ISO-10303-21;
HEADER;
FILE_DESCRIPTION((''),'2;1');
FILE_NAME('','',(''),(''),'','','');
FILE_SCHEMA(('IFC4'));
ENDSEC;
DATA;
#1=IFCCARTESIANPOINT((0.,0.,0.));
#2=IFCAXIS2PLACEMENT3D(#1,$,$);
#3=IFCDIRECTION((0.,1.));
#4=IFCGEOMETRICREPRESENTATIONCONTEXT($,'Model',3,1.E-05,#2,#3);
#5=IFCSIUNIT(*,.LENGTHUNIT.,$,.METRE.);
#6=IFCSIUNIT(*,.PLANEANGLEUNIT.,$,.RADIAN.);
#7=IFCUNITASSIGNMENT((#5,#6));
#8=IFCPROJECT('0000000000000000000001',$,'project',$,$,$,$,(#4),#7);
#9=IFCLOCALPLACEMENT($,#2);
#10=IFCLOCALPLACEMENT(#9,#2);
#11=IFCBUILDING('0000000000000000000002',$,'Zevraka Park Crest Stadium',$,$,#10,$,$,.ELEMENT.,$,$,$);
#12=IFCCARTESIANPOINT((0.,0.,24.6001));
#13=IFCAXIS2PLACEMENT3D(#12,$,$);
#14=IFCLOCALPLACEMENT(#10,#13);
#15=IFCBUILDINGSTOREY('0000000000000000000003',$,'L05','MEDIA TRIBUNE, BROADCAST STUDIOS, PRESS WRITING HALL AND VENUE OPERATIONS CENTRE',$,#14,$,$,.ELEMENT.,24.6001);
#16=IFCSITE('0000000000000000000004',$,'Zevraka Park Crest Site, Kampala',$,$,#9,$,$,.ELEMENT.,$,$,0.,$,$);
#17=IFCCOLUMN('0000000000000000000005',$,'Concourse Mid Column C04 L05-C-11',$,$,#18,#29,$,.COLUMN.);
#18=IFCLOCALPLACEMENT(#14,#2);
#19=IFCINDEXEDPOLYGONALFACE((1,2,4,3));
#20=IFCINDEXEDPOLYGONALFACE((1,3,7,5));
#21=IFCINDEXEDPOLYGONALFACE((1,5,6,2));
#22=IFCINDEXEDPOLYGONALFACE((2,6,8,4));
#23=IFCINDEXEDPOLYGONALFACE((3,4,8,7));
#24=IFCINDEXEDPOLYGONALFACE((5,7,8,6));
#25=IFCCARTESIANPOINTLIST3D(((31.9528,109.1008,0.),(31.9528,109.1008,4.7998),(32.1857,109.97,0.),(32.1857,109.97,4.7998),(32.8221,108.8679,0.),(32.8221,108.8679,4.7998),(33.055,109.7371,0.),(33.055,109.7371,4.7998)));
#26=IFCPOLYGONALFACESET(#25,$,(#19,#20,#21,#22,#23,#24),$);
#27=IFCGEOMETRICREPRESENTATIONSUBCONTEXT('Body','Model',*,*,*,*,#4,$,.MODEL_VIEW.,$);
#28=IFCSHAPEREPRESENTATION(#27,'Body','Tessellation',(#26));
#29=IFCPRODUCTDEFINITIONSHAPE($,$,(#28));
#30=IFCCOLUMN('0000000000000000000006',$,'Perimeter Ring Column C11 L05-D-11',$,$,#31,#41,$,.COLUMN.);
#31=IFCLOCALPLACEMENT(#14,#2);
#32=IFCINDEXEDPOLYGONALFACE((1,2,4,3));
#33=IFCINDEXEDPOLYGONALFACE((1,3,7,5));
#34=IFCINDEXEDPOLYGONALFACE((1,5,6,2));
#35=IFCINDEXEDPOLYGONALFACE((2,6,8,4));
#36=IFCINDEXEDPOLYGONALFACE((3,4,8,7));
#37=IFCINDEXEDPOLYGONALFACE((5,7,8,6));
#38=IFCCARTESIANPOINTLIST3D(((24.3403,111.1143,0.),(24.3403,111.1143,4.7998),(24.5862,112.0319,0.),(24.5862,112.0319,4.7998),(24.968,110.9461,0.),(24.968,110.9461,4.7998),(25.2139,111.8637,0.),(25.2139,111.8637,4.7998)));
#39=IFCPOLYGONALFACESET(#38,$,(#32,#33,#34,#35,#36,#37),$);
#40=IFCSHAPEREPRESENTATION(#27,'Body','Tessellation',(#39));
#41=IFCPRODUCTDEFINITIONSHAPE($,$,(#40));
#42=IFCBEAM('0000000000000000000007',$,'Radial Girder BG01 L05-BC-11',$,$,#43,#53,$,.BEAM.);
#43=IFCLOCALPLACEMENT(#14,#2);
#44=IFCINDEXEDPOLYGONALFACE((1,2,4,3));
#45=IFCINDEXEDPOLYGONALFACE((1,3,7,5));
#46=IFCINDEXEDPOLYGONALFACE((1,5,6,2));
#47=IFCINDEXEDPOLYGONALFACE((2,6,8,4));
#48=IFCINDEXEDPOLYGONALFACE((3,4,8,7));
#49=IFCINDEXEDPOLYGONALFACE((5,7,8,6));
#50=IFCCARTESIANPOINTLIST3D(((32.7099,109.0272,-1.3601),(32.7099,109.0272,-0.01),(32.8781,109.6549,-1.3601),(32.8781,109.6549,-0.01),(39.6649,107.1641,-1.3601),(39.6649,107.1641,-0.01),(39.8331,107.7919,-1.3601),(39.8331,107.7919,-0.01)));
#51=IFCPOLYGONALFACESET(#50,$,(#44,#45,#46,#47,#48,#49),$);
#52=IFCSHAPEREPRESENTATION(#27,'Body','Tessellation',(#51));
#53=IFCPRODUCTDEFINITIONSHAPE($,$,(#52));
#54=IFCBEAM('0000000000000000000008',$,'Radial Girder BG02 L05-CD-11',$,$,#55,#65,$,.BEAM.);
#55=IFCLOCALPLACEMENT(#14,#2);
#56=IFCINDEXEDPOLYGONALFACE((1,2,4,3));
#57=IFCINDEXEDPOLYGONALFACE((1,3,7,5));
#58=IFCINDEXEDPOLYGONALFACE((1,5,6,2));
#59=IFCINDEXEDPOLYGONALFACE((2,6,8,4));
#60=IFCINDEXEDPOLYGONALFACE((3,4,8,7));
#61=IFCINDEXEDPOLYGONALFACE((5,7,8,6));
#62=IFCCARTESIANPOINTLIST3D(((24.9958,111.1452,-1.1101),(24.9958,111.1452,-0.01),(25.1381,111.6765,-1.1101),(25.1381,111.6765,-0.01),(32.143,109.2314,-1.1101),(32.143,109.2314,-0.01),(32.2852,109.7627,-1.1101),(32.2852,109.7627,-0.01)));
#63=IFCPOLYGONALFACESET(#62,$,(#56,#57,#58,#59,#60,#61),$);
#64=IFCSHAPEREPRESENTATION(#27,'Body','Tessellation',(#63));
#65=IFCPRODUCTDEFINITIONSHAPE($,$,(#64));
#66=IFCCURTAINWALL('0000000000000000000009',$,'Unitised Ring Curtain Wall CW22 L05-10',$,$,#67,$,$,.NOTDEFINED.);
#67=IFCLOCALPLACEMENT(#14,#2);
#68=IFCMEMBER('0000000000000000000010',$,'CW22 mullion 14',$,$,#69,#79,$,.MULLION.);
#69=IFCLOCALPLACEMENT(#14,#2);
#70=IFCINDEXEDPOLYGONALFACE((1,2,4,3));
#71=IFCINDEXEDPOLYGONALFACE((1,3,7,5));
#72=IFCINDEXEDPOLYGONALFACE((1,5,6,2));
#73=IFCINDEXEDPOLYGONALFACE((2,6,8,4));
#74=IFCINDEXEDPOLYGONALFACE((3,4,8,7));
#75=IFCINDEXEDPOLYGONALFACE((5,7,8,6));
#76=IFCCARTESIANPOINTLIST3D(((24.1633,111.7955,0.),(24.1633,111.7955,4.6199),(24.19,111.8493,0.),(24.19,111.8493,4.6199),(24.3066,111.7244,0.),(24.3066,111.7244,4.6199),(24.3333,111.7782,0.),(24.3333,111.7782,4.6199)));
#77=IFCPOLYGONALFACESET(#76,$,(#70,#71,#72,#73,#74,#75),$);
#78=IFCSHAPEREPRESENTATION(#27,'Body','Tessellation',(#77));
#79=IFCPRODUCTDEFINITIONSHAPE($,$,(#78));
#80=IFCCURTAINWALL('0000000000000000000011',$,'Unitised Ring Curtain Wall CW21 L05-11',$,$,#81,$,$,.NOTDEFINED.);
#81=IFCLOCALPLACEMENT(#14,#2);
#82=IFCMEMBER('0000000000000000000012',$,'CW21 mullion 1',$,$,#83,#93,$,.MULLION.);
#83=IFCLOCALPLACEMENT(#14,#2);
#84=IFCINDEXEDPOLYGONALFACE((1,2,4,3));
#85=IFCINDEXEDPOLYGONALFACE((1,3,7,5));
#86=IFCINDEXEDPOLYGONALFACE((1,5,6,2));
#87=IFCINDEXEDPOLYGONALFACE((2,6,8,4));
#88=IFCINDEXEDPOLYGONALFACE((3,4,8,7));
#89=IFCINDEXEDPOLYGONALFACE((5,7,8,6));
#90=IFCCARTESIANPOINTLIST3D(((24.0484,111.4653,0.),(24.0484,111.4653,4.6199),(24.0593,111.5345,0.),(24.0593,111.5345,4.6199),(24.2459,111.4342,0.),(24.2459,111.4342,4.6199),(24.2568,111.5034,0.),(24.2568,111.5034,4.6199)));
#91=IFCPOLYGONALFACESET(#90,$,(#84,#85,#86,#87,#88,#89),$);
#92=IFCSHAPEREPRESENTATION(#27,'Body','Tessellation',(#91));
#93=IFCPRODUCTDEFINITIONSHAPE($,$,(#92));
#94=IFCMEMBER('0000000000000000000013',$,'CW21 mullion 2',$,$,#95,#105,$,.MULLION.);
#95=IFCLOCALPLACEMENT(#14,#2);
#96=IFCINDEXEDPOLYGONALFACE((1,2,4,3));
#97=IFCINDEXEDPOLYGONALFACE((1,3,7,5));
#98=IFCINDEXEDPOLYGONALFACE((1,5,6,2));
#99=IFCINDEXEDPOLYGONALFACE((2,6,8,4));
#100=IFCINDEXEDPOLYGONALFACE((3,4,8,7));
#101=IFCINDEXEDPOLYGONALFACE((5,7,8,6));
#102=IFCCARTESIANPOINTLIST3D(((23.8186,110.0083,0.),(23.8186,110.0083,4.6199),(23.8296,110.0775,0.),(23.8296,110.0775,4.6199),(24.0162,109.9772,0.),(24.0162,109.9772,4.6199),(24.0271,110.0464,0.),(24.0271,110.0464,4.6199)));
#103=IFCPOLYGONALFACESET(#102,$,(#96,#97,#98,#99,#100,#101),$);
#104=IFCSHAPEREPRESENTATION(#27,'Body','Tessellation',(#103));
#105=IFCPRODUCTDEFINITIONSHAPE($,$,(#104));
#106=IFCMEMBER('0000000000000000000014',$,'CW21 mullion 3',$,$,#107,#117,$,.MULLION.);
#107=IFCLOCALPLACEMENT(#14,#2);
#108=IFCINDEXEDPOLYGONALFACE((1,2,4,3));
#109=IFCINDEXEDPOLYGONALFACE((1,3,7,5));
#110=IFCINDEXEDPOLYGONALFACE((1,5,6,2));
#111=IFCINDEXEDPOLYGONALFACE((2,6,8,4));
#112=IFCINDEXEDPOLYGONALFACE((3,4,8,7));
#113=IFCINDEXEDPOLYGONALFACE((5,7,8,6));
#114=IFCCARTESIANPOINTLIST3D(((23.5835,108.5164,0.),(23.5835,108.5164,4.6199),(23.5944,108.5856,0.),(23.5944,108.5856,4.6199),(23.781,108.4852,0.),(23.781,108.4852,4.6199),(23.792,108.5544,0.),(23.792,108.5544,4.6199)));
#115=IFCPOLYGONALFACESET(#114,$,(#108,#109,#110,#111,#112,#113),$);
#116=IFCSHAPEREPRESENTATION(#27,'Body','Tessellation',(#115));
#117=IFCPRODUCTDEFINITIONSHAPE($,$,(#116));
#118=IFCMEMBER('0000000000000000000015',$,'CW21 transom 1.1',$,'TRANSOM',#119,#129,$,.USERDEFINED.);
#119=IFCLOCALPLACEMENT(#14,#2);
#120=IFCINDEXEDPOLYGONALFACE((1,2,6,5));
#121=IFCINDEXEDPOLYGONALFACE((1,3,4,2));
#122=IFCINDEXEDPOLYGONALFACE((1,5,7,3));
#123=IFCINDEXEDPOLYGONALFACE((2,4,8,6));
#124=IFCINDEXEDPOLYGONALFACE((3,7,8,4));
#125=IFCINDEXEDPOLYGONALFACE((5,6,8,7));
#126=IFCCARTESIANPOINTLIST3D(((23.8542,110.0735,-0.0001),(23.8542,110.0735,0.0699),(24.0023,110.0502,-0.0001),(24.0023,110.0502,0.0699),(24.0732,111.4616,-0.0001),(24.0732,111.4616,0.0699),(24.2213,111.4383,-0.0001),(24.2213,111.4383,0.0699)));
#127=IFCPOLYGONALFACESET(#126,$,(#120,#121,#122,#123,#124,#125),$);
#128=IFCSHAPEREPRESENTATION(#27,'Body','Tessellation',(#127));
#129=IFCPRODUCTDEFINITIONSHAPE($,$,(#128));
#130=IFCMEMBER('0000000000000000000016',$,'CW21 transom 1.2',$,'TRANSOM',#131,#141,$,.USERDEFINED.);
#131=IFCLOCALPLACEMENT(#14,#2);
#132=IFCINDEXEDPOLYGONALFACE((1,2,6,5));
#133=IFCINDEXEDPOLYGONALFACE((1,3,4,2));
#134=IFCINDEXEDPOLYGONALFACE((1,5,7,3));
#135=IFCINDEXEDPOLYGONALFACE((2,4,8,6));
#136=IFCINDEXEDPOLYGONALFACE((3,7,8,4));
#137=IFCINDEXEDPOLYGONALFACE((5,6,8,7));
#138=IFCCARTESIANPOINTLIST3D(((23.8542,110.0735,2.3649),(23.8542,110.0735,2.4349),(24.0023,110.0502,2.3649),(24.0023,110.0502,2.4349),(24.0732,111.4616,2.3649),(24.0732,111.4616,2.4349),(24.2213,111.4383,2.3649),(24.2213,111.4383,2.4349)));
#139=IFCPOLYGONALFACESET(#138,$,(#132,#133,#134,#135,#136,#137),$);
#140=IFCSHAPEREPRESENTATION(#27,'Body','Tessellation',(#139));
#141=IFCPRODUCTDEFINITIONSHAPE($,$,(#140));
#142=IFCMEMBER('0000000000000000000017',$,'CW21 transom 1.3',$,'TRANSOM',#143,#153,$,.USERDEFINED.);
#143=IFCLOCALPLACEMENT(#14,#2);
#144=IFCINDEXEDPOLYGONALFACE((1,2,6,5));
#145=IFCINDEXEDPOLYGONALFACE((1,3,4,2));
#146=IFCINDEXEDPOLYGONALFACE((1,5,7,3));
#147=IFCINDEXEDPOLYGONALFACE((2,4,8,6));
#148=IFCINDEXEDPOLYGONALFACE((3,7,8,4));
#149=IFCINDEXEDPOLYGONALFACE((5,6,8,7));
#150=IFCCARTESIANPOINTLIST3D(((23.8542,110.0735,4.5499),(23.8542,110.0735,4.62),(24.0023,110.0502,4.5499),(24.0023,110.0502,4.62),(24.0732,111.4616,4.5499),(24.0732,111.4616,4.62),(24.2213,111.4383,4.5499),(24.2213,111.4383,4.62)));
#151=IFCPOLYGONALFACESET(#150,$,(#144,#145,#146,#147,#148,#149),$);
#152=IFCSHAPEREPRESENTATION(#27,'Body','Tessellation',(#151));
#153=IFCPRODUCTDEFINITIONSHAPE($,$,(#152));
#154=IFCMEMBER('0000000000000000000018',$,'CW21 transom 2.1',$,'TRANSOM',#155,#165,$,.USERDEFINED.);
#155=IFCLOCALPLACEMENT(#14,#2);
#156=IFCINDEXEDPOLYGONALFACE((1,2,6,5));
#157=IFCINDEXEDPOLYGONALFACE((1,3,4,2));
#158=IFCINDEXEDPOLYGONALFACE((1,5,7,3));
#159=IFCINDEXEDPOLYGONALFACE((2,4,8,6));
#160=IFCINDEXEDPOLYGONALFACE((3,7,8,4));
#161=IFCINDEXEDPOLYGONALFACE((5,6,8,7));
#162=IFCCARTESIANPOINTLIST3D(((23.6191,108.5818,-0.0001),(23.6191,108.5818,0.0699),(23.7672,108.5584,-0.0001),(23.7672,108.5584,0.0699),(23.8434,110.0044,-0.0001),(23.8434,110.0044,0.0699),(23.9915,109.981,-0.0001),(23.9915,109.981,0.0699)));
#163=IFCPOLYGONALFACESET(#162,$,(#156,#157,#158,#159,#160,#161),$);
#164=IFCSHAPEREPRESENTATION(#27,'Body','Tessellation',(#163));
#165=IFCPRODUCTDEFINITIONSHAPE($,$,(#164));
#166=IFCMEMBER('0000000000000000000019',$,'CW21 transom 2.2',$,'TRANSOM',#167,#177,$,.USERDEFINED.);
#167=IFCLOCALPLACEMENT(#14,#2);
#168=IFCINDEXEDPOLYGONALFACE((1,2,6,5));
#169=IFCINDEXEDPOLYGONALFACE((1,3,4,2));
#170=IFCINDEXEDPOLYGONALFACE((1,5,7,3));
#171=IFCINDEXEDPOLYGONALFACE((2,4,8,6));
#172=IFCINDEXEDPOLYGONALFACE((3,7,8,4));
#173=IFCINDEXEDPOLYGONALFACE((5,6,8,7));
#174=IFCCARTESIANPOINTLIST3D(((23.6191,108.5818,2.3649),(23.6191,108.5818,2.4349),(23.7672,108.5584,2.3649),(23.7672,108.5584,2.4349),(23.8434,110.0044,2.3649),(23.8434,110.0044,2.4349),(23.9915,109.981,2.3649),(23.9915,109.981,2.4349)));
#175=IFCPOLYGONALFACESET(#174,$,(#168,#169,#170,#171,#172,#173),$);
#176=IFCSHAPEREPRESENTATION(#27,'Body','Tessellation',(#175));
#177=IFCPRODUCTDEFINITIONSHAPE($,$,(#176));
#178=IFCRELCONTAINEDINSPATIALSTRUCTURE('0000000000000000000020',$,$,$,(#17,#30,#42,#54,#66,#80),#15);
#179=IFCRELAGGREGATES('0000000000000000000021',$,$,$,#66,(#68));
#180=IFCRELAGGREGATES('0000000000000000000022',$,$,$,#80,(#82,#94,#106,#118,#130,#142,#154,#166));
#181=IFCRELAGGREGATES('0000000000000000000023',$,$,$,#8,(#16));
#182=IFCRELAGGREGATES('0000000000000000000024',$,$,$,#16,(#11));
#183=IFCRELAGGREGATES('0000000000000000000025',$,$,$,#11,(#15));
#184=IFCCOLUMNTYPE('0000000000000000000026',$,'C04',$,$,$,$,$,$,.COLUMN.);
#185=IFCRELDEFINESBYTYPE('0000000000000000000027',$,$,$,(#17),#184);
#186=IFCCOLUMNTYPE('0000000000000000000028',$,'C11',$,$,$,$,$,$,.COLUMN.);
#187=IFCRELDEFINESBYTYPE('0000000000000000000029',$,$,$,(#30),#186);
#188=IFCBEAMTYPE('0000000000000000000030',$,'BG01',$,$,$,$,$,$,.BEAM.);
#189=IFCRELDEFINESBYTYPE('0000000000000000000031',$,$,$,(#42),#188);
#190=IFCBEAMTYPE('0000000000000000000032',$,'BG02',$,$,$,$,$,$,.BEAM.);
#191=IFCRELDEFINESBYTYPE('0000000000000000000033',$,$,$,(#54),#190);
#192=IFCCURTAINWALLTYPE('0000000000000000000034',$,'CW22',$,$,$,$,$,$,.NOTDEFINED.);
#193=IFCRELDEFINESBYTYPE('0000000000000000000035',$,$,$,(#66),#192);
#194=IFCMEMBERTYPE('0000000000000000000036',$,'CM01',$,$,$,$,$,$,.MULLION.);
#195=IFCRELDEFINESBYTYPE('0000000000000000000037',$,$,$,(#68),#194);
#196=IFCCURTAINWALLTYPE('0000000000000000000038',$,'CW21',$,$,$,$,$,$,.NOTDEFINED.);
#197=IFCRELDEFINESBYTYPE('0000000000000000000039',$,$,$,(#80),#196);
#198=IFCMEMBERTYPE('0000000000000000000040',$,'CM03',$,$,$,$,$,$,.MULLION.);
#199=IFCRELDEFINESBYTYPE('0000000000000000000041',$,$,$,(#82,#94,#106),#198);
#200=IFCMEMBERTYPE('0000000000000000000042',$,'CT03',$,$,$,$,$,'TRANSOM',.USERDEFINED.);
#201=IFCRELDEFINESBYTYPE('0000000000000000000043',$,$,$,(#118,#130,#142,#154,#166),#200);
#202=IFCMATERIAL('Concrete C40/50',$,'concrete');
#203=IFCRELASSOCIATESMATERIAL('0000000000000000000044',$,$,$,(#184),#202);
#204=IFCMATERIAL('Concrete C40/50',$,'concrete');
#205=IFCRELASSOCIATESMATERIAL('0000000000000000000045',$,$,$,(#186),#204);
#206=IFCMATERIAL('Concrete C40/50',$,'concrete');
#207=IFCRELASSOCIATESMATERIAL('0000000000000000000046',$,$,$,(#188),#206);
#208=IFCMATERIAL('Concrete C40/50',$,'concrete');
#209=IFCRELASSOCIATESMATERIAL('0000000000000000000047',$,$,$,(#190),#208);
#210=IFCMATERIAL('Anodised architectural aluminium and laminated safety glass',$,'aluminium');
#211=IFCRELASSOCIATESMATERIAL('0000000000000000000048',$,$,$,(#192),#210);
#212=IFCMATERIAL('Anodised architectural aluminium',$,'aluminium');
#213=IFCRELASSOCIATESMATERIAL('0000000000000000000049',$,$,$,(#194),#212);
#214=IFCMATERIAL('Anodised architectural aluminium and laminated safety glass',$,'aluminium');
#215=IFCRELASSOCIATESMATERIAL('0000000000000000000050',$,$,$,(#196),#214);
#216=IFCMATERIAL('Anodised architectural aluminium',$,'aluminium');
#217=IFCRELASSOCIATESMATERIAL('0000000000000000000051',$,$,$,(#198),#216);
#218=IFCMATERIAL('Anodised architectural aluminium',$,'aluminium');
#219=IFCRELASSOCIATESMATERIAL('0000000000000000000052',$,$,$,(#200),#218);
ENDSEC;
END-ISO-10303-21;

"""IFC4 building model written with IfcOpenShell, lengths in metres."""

from ifc_helpers import new_model, si_unit, direction, frame, origin, origin_2d, place, context, subcontext, project, spatial, rectangle, extrude, material, material_profile, profile_set, type_object, element, aggregate, save


model = new_model("IFC4")

# Units and contexts
model_context = context("Model", 3, precision=1e-05, world=origin(), true_north=direction((0.0, 1.0)))
body_context = subcontext(model_context, "Body", "Model", "MODEL_VIEW")
ifc_project = project(units=[si_unit("LENGTHUNIT", "METRE"), si_unit("PLANEANGLEUNIT", "RADIAN")], contexts=[model_context])

# Site, building, storey
site_placement = place(None, origin())
site = spatial("IfcSite", under=ifc_project, at=site_placement, Name="Zevraka Park Crest Site, Kampala", CompositionType="ELEMENT", RefElevation=0.0)
building_placement = place(site_placement, origin())
building = spatial("IfcBuilding", under=site, at=building_placement, Name="Zevraka Park Crest Stadium", CompositionType="ELEMENT")
storey_placement = place(building_placement, frame((0.0, 0.0, 24.6001)))
storey = spatial("IfcBuildingStorey", under=building, at=storey_placement, Name="L05", Description="MEDIA TRIBUNE, BROADCAST STUDIOS, PRESS WRITING HALL AND VENUE OPERATIONS CENTRE", CompositionType="ELEMENT", Elevation=24.6001)

# Columns
ifc_material_1 = material(Name="Concrete C40/50", Category="concrete")
ifc_material_profile_1 = material_profile(ifc_material_1, rectangle(XDim=0.8999, YDim=0.8999, at=origin_2d()), Name="RC 900x900")
ifc_profile_set_1 = profile_set([ifc_material_profile_1], Name="Concrete C40/50")
column_type_1 = type_object("IfcColumnType", Name="C04", PredefinedType="COLUMN", material=ifc_profile_set_1)
column_1_placement = place(storey_placement, frame((32.5039, 109.4189, 0.0), z_axis=(0.0, 0.0, 1.0), x_axis=(-0.965926, 0.258819, 0.0)))
element("IfcColumn", 1, at=column_1_placement, inside=storey, type_object=column_type_1, Name="Concourse Mid Column C04 L05-C-11", PredefinedType="COLUMN", context=body_context, shape_type="SweptSolid", body=[
    extrude(rectangle(XDim=0.8999, YDim=0.8999, at=origin_2d()), origin(), (0.0, 0.0, 1.0), 4.7998),
])
ifc_material_2 = material(Name="Concrete C40/50", Category="concrete")
ifc_material_profile_2 = material_profile(ifc_material_2, rectangle(XDim=0.6499, YDim=0.95, at=origin_2d()), Name="RC 950x650")
ifc_profile_set_2 = profile_set([ifc_material_profile_2], Name="Concrete C40/50")
column_type_2 = type_object("IfcColumnType", Name="C11", PredefinedType="COLUMN", material=ifc_profile_set_2)
column_2_placement = place(storey_placement, frame((24.7771, 111.489, 0.0), z_axis=(0.0, 0.0, 1.0), x_axis=(-0.965926, 0.258819, 0.0)))
element("IfcColumn", 2, at=column_2_placement, inside=storey, type_object=column_type_2, Name="Perimeter Ring Column C11 L05-D-11", PredefinedType="COLUMN", context=body_context, shape_type="SweptSolid", body=[
    extrude(rectangle(XDim=0.6499, YDim=0.95, at=origin_2d()), origin(), (0.0, 0.0, 1.0), 4.7998),
])

# Beams
ifc_material_3 = material(Name="Concrete C40/50", Category="concrete")
ifc_material_profile_3 = material_profile(ifc_material_3, rectangle(XDim=0.6499, YDim=1.3501, at=origin_2d()), Name="RC 1350x650")
ifc_profile_set_3 = profile_set([ifc_material_profile_3], Name="Concrete C40/50")
beam_type_1 = type_object("IfcBeamType", Name="BG01", PredefinedType="BEAM", material=ifc_profile_set_3)
beam_1_placement = place(storey_placement, frame((39.749, 107.478, -0.6851), z_axis=(-0.965946, 0.258745, 0.0), x_axis=(-0.258745, -0.965946, 0.0)))
element("IfcBeam", 3, at=beam_1_placement, inside=storey, type_object=beam_type_1, Name="Radial Girder BG01 L05-BC-11", PredefinedType="BEAM", context=body_context, shape_type="SweptSolid", body=[
    extrude(rectangle(XDim=0.6499, YDim=1.3501, at=origin_2d()), origin(), (0.0, 0.0, 1.0), 7.2002),
])
ifc_material_4 = material(Name="Concrete C40/50", Category="concrete")
ifc_material_profile_4 = material_profile(ifc_material_4, rectangle(XDim=0.55, YDim=1.1001, at=origin_2d()), Name="RC 1100x550")
ifc_profile_set_4 = profile_set([ifc_material_profile_4], Name="Concrete C40/50")
beam_type_2 = type_object("IfcBeamType", Name="BG02", PredefinedType="BEAM", material=ifc_profile_set_4)
beam_2_placement = place(storey_placement, frame((32.2141, 109.4971, -0.5601), z_axis=(-0.965969, 0.258659, 0.0), x_axis=(-0.258659, -0.965969, 0.0)))
element("IfcBeam", 4, at=beam_2_placement, inside=storey, type_object=beam_type_2, Name="Radial Girder BG02 L05-CD-11", PredefinedType="BEAM", context=body_context, shape_type="SweptSolid", body=[
    extrude(rectangle(XDim=0.55, YDim=1.1001, at=origin_2d()), origin(), (0.0, 0.0, 1.0), 7.3989),
])

# Curtain wall, member
ifc_material_5 = material(Name="Anodised architectural aluminium and laminated safety glass", Category="aluminium")
curtain_wall_type_1 = type_object("IfcCurtainWallType", Name="CW22", PredefinedType="NOTDEFINED", material=ifc_material_5)
curtain_wall_1_placement = place(storey_placement, origin())
curtain_wall_1 = element("IfcCurtainWall", 5, at=curtain_wall_1_placement, inside=storey, type_object=curtain_wall_type_1, Name="Unitised Ring Curtain Wall CW22 L05-10", PredefinedType="NOTDEFINED")
ifc_material_6 = material(Name="Anodised architectural aluminium", Category="aluminium")
ifc_material_profile_5 = material_profile(ifc_material_6, rectangle(XDim=0.1599, YDim=0.0601, at=origin_2d()), Name="ALU MULLION 160x60")
ifc_profile_set_5 = profile_set([ifc_material_profile_5], Name="Anodised architectural aluminium")
member_type_1 = type_object("IfcMemberType", Name="CM01", PredefinedType="MULLION", material=ifc_profile_set_5)
member_1_placement = place(storey_placement, frame((24.2483, 111.7869, 0.0), z_axis=(0.0, 0.0, 1.0), x_axis=(0.895879, -0.444297, 0.0)))
member_1 = element("IfcMember", 6, at=member_1_placement, type_object=member_type_1, Name="CW22 mullion 14", PredefinedType="MULLION", context=body_context, shape_type="SweptSolid", body=[
    extrude(rectangle(XDim=0.1599, YDim=0.0601, at=origin_2d()), origin(), (0.0, 0.0, 1.0), 4.6199),
])
aggregate(curtain_wall_1, [member_1])

# Curtain wall, members
ifc_material_7 = material(Name="Anodised architectural aluminium and laminated safety glass", Category="aluminium")
curtain_wall_type_2 = type_object("IfcCurtainWallType", Name="CW21", PredefinedType="NOTDEFINED", material=ifc_material_7)
curtain_wall_2_placement = place(storey_placement, origin())
curtain_wall_2 = element("IfcCurtainWall", 7, at=curtain_wall_2_placement, inside=storey, type_object=curtain_wall_type_2, Name="Unitised Ring Curtain Wall CW21 L05-11", PredefinedType="NOTDEFINED")
ifc_material_8 = material(Name="Anodised architectural aluminium", Category="aluminium")
ifc_material_profile_6 = material_profile(ifc_material_8, rectangle(XDim=0.2, YDim=0.0701, at=origin_2d()), Name="ALU MULLION 200x70")
ifc_profile_set_6 = profile_set([ifc_material_profile_6], Name="Anodised architectural aluminium")
member_type_2 = type_object("IfcMemberType", Name="CM03", PredefinedType="MULLION", material=ifc_profile_set_6)
member_2_placement = place(storey_placement, frame((24.1526, 111.4844, 0.0), z_axis=(0.0, 0.0, 1.0), x_axis=(0.987803, -0.155711, 0.0)))
member_2 = element("IfcMember", 8, at=member_2_placement, type_object=member_type_2, Name="CW21 mullion 1", PredefinedType="MULLION", context=body_context, shape_type="SweptSolid", body=[
    extrude(rectangle(XDim=0.2, YDim=0.0701, at=origin_2d()), origin(), (0.0, 0.0, 1.0), 4.6199),
])
member_3_placement = place(storey_placement, frame((23.9229, 110.0273, 0.0), z_axis=(0.0, 0.0, 1.0), x_axis=(0.987803, -0.155711, 0.0)))
member_3 = element("IfcMember", 9, at=member_3_placement, type_object=member_type_2, Name="CW21 mullion 2", PredefinedType="MULLION", context=body_context, shape_type="SweptSolid", body=[
    extrude(rectangle(XDim=0.2, YDim=0.0701, at=origin_2d()), origin(), (0.0, 0.0, 1.0), 4.6199),
])
member_4_placement = place(storey_placement, frame((23.6877, 108.5354, 0.0), z_axis=(0.0, 0.0, 1.0), x_axis=(0.987803, -0.155711, 0.0)))
member_4 = element("IfcMember", 10, at=member_4_placement, type_object=member_type_2, Name="CW21 mullion 3", PredefinedType="MULLION", context=body_context, shape_type="SweptSolid", body=[
    extrude(rectangle(XDim=0.2, YDim=0.0701, at=origin_2d()), origin(), (0.0, 0.0, 1.0), 4.6199),
])
ifc_material_9 = material(Name="Anodised architectural aluminium", Category="aluminium")
ifc_material_profile_7 = material_profile(ifc_material_9, rectangle(XDim=0.1499, YDim=0.0701, at=origin_2d()), Name="ALU TRANSOM 150x70")
ifc_profile_set_7 = profile_set([ifc_material_profile_7], Name="Anodised architectural aluminium")
member_type_3 = type_object("IfcMemberType", Name="CT03", ElementType="TRANSOM", PredefinedType="USERDEFINED", material=ifc_profile_set_7)
member_5_placement = place(storey_placement, frame((24.1472, 111.45, 0.0349), z_axis=(-0.155829, -0.987784, 0.0), x_axis=(0.987784, -0.155829, 0.0)))
member_5 = element("IfcMember", 11, at=member_5_placement, type_object=member_type_3, Name="CW21 transom 1.1", ObjectType="TRANSOM", PredefinedType="USERDEFINED", context=body_context, shape_type="SweptSolid", body=[
    extrude(rectangle(XDim=0.1499, YDim=0.0701, at=origin_2d()), origin(), (0.0, 0.0, 1.0), 1.4053),
])
member_6_placement = place(storey_placement, frame((24.1472, 111.45, 2.3999), z_axis=(-0.155829, -0.987784, 0.0), x_axis=(0.987784, -0.155829, 0.0)))
member_6 = element("IfcMember", 12, at=member_6_placement, type_object=member_type_3, Name="CW21 transom 1.2", ObjectType="TRANSOM", PredefinedType="USERDEFINED", context=body_context, shape_type="SweptSolid", body=[
    extrude(rectangle(XDim=0.1499, YDim=0.0701, at=origin_2d()), origin(), (0.0, 0.0, 1.0), 1.4053),
])
member_7_placement = place(storey_placement, frame((24.1472, 111.45, 4.585), z_axis=(-0.155829, -0.987784, 0.0), x_axis=(0.987784, -0.155829, 0.0)))
member_7 = element("IfcMember", 13, at=member_7_placement, type_object=member_type_3, Name="CW21 transom 1.3", ObjectType="TRANSOM", PredefinedType="USERDEFINED", context=body_context, shape_type="SweptSolid", body=[
    extrude(rectangle(XDim=0.1499, YDim=0.0701, at=origin_2d()), origin(), (0.0, 0.0, 1.0), 1.4053),
])
member_8_placement = place(storey_placement, frame((23.9175, 109.9927, 0.0349), z_axis=(-0.155788, -0.98779, 0.0), x_axis=(0.98779, -0.155788, 0.0)))
member_8 = element("IfcMember", 14, at=member_8_placement, type_object=member_type_3, Name="CW21 transom 2.1", ObjectType="TRANSOM", PredefinedType="USERDEFINED", context=body_context, shape_type="SweptSolid", body=[
    extrude(rectangle(XDim=0.1499, YDim=0.0701, at=origin_2d()), origin(), (0.0, 0.0, 1.0), 1.4402),
])
member_9_placement = place(storey_placement, frame((23.9175, 109.9927, 2.3999), z_axis=(-0.155788, -0.98779, 0.0), x_axis=(0.98779, -0.155788, 0.0)))
member_9 = element("IfcMember", 15, at=member_9_placement, type_object=member_type_3, Name="CW21 transom 2.2", ObjectType="TRANSOM", PredefinedType="USERDEFINED", context=body_context, shape_type="SweptSolid", body=[
    extrude(rectangle(XDim=0.1499, YDim=0.0701, at=origin_2d()), origin(), (0.0, 0.0, 1.0), 1.4402),
])

aggregate(curtain_wall_2, [member_2, member_3, member_4, member_5, member_6, member_7, member_8, member_9])

save(model, "model.ifc")
